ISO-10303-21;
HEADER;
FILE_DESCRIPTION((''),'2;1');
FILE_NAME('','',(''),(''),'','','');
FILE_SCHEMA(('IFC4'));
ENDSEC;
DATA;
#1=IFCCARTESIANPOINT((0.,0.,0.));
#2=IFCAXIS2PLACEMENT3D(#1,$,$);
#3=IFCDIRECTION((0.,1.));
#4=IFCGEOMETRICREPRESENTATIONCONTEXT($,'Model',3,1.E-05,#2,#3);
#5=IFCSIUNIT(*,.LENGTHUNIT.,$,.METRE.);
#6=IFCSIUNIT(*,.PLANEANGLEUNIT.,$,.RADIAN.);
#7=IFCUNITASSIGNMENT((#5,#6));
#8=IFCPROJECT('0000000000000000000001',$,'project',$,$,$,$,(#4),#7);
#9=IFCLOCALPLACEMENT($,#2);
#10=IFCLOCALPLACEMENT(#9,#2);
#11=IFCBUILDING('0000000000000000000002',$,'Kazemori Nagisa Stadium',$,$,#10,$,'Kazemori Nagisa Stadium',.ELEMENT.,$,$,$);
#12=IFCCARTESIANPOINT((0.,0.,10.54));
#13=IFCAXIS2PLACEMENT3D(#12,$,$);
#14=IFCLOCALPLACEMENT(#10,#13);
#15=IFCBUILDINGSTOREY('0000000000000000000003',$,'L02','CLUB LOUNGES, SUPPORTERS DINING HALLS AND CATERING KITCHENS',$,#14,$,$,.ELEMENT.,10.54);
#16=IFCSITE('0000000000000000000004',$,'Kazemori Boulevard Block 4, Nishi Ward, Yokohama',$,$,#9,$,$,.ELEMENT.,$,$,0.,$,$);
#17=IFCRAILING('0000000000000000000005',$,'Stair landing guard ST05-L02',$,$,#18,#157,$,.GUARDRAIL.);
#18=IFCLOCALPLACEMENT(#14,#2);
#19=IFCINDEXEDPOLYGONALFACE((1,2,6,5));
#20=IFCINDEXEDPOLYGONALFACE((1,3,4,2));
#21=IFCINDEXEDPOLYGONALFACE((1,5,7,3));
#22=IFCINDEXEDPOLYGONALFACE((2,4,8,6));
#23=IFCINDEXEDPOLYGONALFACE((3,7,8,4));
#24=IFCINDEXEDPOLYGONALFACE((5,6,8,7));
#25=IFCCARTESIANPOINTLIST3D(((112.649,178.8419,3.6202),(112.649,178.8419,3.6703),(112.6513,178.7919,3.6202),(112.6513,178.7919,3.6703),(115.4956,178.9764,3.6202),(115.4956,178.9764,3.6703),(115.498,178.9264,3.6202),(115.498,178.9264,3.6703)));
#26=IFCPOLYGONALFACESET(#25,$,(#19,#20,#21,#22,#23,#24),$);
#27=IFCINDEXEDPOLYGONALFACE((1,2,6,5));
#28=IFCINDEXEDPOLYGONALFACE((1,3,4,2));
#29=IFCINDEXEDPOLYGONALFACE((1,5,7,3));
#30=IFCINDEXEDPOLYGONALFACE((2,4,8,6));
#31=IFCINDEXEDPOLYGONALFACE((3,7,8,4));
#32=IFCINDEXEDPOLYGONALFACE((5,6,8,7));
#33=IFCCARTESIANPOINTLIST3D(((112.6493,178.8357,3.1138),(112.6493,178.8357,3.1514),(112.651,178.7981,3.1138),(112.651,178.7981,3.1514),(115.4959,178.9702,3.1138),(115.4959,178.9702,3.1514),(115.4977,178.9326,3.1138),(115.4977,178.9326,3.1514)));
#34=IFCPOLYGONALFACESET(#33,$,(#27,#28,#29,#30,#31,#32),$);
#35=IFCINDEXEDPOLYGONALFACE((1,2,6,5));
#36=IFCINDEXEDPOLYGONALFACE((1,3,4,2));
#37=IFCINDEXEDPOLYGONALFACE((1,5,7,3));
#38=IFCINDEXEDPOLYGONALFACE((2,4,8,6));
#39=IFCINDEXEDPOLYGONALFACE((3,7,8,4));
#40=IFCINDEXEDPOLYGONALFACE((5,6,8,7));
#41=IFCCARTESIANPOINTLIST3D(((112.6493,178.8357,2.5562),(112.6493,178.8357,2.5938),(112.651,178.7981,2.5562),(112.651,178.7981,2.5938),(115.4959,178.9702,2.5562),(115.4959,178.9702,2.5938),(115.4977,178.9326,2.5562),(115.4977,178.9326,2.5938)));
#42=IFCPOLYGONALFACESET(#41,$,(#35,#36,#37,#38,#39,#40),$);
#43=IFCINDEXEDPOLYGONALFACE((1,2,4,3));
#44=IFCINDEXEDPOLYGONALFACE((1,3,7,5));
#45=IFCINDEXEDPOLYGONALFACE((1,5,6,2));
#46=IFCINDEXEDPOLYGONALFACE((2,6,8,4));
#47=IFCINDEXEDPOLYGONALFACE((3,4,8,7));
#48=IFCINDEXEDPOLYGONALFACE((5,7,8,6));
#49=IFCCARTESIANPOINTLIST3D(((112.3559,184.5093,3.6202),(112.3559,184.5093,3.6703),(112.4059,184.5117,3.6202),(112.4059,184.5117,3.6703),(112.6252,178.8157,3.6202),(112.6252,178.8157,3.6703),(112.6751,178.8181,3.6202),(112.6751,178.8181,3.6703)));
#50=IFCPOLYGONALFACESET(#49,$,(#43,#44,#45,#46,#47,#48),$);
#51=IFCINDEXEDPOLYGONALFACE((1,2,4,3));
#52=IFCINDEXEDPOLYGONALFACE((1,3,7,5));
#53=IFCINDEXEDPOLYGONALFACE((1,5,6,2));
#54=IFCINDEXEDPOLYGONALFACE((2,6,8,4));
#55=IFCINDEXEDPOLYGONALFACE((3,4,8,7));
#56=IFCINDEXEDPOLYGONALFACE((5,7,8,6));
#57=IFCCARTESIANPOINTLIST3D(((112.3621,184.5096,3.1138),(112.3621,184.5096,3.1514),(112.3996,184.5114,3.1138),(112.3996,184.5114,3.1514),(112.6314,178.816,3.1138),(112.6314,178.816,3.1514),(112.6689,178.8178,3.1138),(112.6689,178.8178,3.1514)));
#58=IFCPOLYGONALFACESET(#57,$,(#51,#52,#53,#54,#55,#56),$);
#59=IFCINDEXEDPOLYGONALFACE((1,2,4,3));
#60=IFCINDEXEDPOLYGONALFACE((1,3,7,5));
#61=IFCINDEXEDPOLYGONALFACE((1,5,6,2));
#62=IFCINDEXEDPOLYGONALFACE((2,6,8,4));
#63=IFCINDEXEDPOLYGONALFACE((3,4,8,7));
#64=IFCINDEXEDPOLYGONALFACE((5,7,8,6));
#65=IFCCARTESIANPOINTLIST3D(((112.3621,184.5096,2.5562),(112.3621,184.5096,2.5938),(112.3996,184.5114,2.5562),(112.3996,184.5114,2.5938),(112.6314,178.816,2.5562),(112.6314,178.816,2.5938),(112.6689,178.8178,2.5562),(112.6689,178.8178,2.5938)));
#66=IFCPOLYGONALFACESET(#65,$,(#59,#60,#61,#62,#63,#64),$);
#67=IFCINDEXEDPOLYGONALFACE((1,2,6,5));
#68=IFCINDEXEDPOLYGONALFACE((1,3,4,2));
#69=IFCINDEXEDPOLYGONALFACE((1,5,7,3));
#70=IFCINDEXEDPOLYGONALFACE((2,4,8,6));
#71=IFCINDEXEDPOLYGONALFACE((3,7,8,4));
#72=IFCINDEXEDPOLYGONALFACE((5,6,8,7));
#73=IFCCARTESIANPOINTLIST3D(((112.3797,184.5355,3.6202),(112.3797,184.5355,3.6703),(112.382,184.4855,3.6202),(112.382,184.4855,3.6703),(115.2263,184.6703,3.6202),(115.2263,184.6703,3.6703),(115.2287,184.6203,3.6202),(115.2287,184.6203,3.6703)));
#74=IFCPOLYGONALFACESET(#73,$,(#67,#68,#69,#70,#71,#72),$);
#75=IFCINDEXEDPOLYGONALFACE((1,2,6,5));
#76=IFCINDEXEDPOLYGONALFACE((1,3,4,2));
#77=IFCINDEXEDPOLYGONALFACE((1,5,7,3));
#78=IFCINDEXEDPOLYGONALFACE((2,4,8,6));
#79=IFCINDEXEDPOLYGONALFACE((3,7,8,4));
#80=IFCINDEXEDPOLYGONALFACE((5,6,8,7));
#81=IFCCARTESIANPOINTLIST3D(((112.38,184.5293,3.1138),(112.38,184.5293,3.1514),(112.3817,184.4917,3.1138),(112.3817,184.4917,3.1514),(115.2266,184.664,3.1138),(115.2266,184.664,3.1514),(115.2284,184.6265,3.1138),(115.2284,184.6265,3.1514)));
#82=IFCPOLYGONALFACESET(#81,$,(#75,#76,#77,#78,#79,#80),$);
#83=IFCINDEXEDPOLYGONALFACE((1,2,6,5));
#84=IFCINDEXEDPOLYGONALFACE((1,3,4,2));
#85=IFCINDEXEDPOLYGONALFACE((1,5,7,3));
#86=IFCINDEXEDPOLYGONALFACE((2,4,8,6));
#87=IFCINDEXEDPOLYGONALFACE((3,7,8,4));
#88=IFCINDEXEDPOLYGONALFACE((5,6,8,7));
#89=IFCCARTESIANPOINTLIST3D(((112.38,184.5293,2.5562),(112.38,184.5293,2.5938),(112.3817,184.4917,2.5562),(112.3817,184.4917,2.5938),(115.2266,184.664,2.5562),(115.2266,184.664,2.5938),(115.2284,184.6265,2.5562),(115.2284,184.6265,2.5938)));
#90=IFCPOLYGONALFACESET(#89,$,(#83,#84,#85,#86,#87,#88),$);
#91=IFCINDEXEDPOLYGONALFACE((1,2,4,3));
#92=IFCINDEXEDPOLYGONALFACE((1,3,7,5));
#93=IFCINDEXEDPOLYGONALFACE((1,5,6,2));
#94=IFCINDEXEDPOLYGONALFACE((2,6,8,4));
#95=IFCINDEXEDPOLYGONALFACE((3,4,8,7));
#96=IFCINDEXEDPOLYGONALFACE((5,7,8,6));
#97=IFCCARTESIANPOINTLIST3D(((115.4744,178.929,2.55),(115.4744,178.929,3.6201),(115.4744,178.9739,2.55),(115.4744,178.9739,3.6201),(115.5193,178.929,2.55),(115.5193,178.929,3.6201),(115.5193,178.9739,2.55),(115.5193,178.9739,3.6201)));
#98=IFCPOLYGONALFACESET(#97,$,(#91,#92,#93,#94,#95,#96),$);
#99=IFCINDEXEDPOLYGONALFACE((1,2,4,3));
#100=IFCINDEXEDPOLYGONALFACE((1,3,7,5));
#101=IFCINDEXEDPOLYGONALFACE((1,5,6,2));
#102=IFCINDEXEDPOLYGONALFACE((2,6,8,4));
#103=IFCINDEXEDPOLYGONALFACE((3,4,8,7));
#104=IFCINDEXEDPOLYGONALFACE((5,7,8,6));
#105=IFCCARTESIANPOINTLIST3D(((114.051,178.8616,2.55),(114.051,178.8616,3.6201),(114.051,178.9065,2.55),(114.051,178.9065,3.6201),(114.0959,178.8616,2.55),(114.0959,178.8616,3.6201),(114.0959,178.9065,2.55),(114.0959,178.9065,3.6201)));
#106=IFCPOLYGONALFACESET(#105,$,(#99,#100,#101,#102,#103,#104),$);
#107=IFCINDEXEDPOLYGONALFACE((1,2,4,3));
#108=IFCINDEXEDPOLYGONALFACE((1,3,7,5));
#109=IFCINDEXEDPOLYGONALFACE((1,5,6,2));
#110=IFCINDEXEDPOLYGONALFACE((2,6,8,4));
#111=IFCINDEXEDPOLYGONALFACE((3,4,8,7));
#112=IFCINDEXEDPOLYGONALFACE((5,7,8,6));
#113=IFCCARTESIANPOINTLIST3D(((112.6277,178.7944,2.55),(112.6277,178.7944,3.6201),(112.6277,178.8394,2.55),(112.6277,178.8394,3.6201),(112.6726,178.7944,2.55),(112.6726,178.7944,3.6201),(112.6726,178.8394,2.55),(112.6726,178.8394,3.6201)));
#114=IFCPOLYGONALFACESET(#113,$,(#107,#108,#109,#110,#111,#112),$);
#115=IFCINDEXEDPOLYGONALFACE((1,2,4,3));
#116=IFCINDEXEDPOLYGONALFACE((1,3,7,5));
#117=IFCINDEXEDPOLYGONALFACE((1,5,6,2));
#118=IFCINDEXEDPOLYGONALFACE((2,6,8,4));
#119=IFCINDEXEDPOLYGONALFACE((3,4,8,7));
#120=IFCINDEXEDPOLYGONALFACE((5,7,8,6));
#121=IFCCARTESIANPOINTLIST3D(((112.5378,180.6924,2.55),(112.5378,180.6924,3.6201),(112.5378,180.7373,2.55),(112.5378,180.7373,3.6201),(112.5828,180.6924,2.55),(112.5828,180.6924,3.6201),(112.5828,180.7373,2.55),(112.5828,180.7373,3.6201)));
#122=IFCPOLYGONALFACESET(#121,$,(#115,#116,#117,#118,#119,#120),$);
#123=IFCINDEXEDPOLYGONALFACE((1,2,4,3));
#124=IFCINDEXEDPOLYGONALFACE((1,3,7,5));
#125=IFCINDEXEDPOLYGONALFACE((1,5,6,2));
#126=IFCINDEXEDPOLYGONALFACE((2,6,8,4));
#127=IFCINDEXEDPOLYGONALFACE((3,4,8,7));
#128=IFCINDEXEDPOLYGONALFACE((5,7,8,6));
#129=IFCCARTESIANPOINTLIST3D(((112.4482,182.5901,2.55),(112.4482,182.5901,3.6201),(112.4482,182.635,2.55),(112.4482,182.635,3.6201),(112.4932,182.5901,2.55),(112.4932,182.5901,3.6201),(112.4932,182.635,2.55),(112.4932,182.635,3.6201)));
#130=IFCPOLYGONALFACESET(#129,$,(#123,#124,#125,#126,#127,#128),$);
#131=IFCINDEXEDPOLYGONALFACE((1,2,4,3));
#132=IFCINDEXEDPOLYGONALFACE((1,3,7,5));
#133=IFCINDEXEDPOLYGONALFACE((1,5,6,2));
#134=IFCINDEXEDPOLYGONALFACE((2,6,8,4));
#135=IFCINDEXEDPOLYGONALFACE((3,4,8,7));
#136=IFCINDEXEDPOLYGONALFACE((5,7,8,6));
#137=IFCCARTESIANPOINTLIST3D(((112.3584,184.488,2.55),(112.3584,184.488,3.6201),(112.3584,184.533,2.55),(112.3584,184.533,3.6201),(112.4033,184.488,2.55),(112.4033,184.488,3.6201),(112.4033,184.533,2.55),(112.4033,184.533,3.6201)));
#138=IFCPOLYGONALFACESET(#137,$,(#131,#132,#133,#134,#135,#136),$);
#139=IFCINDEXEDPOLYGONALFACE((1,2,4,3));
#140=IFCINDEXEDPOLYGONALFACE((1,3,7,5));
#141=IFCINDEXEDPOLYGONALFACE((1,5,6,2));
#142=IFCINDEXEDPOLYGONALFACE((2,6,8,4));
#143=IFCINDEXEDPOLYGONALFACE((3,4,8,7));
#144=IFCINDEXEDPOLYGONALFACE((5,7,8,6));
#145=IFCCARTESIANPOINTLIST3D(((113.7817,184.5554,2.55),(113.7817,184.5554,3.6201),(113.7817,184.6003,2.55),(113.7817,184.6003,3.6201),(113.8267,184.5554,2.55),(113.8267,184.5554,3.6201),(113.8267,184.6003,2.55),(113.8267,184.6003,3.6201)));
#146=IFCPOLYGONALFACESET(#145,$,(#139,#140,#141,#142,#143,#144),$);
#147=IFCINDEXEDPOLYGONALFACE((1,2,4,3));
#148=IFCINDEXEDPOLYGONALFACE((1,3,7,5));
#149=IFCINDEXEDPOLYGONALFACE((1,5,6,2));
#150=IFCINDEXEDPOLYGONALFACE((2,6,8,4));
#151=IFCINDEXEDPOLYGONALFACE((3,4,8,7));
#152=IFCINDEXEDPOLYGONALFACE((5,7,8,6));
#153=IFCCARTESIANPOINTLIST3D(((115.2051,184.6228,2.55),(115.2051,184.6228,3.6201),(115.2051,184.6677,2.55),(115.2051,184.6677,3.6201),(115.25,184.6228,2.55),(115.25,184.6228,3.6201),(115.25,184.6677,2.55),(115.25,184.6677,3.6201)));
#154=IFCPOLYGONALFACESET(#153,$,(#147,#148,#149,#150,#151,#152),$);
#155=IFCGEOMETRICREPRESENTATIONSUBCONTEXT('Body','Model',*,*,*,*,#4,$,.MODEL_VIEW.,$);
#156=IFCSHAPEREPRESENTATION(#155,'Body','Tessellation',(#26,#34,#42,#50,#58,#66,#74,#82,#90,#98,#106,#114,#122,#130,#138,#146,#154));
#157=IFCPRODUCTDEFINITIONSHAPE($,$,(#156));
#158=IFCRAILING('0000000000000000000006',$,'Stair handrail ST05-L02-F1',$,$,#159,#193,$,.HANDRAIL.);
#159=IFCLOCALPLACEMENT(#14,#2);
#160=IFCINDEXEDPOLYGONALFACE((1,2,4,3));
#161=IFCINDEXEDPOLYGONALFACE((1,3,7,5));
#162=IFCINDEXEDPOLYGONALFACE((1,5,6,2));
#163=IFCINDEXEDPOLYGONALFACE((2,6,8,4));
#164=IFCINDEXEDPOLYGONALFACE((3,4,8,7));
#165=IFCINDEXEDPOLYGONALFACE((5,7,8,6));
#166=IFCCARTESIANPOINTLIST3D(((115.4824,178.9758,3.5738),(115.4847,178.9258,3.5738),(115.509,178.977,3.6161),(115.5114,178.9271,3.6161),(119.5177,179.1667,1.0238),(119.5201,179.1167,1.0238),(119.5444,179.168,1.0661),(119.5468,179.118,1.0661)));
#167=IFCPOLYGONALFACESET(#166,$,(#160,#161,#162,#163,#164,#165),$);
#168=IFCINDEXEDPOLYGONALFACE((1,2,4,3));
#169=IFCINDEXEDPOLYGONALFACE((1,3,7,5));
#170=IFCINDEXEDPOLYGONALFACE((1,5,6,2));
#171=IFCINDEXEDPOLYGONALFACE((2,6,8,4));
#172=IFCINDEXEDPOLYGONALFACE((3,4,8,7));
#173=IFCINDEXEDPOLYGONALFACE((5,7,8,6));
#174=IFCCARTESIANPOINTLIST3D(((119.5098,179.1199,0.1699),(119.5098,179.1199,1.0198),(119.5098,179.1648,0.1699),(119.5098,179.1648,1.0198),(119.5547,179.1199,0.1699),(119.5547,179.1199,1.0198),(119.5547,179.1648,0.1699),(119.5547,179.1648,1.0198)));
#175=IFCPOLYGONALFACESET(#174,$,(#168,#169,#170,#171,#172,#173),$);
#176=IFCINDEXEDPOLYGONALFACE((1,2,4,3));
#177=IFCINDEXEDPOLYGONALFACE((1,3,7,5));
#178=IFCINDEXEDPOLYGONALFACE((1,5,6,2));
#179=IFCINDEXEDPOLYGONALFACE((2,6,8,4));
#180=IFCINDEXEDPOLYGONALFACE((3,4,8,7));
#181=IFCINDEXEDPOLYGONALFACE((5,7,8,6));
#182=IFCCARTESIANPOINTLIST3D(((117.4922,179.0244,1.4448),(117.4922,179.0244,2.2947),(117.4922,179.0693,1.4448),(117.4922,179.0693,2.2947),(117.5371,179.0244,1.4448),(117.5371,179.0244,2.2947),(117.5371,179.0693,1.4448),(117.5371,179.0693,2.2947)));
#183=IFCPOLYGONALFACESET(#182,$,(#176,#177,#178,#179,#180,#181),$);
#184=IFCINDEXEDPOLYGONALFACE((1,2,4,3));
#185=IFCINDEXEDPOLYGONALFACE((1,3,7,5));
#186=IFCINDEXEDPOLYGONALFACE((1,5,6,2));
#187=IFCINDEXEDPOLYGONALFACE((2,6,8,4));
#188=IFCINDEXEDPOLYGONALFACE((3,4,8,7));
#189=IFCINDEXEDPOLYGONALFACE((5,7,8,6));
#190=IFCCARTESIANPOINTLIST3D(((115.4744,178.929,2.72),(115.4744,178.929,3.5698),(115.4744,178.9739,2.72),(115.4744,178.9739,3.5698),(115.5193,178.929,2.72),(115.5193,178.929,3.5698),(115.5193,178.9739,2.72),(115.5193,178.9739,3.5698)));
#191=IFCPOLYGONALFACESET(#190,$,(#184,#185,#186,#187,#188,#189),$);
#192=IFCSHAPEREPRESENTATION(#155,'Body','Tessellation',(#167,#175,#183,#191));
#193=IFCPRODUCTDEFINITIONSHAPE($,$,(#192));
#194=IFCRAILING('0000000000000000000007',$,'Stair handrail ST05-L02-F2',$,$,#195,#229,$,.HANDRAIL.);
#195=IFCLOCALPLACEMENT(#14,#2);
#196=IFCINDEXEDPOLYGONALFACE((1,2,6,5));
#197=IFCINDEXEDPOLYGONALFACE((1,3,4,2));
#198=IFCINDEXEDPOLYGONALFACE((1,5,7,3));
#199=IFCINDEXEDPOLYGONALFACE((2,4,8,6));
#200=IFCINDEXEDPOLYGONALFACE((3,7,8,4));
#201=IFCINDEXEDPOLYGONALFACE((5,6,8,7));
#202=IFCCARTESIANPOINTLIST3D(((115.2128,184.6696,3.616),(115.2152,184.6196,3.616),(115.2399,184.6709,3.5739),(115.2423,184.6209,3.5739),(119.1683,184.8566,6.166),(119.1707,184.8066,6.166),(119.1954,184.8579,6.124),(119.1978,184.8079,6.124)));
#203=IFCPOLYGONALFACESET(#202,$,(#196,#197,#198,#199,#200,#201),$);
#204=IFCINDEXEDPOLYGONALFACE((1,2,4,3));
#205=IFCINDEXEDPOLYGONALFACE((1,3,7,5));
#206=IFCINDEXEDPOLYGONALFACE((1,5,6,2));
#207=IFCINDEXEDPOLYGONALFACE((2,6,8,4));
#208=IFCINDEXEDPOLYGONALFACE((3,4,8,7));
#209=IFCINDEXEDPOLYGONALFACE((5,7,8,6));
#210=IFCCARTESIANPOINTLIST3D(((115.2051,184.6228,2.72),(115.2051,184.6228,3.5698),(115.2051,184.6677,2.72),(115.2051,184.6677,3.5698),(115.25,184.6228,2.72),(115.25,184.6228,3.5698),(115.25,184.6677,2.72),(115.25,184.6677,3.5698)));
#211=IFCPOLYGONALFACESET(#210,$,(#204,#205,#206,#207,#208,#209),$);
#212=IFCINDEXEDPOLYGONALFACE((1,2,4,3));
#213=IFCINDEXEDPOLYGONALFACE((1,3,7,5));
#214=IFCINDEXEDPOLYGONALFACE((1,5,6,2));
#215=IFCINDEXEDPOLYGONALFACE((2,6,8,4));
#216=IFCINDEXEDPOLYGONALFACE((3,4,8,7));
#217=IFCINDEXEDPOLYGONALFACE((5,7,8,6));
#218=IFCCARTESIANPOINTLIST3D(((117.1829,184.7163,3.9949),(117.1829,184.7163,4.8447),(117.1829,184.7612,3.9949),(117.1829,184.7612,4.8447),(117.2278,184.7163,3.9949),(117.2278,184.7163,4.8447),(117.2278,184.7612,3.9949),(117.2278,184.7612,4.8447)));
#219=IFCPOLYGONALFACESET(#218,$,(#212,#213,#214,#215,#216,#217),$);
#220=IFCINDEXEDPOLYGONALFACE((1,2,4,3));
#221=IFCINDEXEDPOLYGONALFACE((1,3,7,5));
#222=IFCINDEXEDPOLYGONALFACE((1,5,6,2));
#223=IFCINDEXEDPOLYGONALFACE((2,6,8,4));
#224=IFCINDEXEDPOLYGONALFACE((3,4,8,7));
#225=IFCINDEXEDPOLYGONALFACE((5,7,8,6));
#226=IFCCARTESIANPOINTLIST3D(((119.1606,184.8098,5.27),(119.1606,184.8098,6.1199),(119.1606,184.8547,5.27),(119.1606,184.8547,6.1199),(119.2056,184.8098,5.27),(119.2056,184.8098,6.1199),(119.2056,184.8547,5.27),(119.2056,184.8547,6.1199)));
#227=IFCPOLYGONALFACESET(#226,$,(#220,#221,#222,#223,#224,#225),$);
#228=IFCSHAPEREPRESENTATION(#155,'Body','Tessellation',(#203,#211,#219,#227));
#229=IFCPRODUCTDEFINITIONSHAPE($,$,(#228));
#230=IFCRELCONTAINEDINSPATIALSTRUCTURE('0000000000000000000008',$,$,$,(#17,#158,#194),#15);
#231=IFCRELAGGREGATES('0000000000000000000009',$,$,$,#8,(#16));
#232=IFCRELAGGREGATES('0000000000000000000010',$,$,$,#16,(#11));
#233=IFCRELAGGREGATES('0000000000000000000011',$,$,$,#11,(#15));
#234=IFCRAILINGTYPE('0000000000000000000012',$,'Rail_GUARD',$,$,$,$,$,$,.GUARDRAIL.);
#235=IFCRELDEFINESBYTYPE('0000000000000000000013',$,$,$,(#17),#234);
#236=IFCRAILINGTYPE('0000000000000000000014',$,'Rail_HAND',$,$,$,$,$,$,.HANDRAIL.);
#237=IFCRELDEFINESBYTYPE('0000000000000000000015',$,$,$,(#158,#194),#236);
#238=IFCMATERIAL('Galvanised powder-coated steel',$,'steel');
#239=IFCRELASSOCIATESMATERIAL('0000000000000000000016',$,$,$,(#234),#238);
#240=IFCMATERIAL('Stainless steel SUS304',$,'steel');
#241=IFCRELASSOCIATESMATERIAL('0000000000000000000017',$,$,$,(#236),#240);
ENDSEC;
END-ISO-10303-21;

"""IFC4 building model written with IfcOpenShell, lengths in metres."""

from ifc_helpers import new_model, si_unit, direction, frame, origin, origin_2d, place, context, subcontext, project, spatial, rectangle, extrude, material, type_object, element, save


model = new_model("IFC4")

# Units and contexts
model_context = context("Model", 3, precision=1e-05, world=origin(), true_north=direction((0.0, 1.0)))
body_context = subcontext(model_context, "Body", "Model", "MODEL_VIEW")
ifc_project = project(units=[si_unit("LENGTHUNIT", "METRE"), si_unit("PLANEANGLEUNIT", "RADIAN")], contexts=[model_context])

# Site, building, storey
site_placement = place(None, origin())
site = spatial("IfcSite", under=ifc_project, at=site_placement, Name="Kazemori Boulevard Block 4, Nishi Ward, Yokohama", CompositionType="ELEMENT", RefElevation=0.0)
building_placement = place(site_placement, origin())
building = spatial("IfcBuilding", under=site, at=building_placement, Name="Kazemori Nagisa Stadium", LongName="Kazemori Nagisa Stadium", CompositionType="ELEMENT")
storey_placement = place(building_placement, frame((0.0, 0.0, 10.54)))
storey = spatial("IfcBuildingStorey", under=building, at=storey_placement, Name="L02", Description="CLUB LOUNGES, SUPPORTERS DINING HALLS AND CATERING KITCHENS", CompositionType="ELEMENT", Elevation=10.54)

# Railings
ifc_material_1 = material(Name="Galvanised powder-coated steel", Category="steel")
railing_type_1 = type_object("IfcRailingType", Name="Rail_GUARD", PredefinedType="GUARDRAIL", material=ifc_material_1)
railing_1_placement = place(storey_placement, frame((115.4968, 178.9514, 2.55)))
element("IfcRailing", 1, at=railing_1_placement, inside=storey, type_object=railing_type_1, Name="Stair landing guard ST05-L02", PredefinedType="GUARDRAIL", context=body_context, shape_type="SweptSolid", body=[
    extrude(rectangle(XDim=0.05, YDim=0.05, at=origin_2d()), frame((0.0, 0.0, 1.0952), z_axis=(-0.998885, -0.047203, 0.0), x_axis=(0.047203, -0.998885, 0.0)), (0.0, 0.0, 1.0), 2.8499),
    extrude(rectangle(XDim=0.0376, YDim=0.0376, at=origin_2d()), frame((0.0, 0.0, 0.5825), z_axis=(-0.998885, -0.047203, 0.0), x_axis=(0.047203, -0.998885, 0.0)), (0.0, 0.0, 1.0), 2.8499),
    extrude(rectangle(XDim=0.0376, YDim=0.0376, at=origin_2d()), frame((0.0, 0.0, 0.0249), z_axis=(-0.998885, -0.047203, 0.0), x_axis=(0.047203, -0.998885, 0.0)), (0.0, 0.0, 1.0), 2.8499),
    extrude(rectangle(XDim=0.05, YDim=0.05, at=origin_2d()), frame((-2.8467, -0.1345, 1.0952), z_axis=(-0.047244, 0.998883, 0.0), x_axis=(-0.998883, -0.047244, 0.0)), (0.0, 0.0, 1.0), 5.7),
    extrude(rectangle(XDim=0.0376, YDim=0.0376, at=origin_2d()), frame((-2.8467, -0.1345, 0.5825), z_axis=(-0.047244, 0.998883, 0.0), x_axis=(-0.998883, -0.047244, 0.0)), (0.0, 0.0, 1.0), 5.7),
    extrude(rectangle(XDim=0.0376, YDim=0.0376, at=origin_2d()), frame((-2.8467, -0.1345, 0.0249), z_axis=(-0.047244, 0.998883, 0.0), x_axis=(-0.998883, -0.047244, 0.0)), (0.0, 0.0, 1.0), 5.7),
    extrude(rectangle(XDim=0.05, YDim=0.05, at=origin_2d()), frame((-3.116, 5.5591, 1.0952), z_axis=(0.998881, 0.047288, 0.0), x_axis=(-0.047288, 0.998881, 0.0)), (0.0, 0.0, 1.0), 2.8499),
    extrude(rectangle(XDim=0.0376, YDim=0.0376, at=origin_2d()), frame((-3.116, 5.5591, 0.5825), z_axis=(0.998881, 0.047288, 0.0), x_axis=(-0.047288, 0.998881, 0.0)), (0.0, 0.0, 1.0), 2.8499),
    extrude(rectangle(XDim=0.0376, YDim=0.0376, at=origin_2d()), frame((-3.116, 5.5591, 0.0249), z_axis=(0.998881, 0.047288, 0.0), x_axis=(-0.047288, 0.998881, 0.0)), (0.0, 0.0, 1.0), 2.8499),
    extrude(rectangle(XDim=0.0449, YDim=0.0449, at=origin_2d()), origin(), (0.0, 0.0, 1.0), 1.0701),
    extrude(rectangle(XDim=0.0449, YDim=0.0449, at=origin_2d()), frame((-1.4233, -0.0674, 0.0)), (0.0, 0.0, 1.0), 1.0701),
    extrude(rectangle(XDim=0.0449, YDim=0.0449, at=origin_2d()), frame((-2.8467, -0.1345, 0.0)), (0.0, 0.0, 1.0), 1.0701),
    extrude(rectangle(XDim=0.0449, YDim=0.0449, at=origin_2d()), frame((-2.9365, 1.7634, 0.0)), (0.0, 0.0, 1.0), 1.0701),
    extrude(rectangle(XDim=0.0449, YDim=0.0449, at=origin_2d()), frame((-3.0261, 3.6611, 0.0)), (0.0, 0.0, 1.0), 1.0701),
    extrude(rectangle(XDim=0.0449, YDim=0.0449, at=origin_2d()), frame((-3.116, 5.5591, 0.0)), (0.0, 0.0, 1.0), 1.0701),
    extrude(rectangle(XDim=0.0449, YDim=0.0449, at=origin_2d()), frame((-1.6926, 5.6265, 0.0)), (0.0, 0.0, 1.0), 1.0701),
    extrude(rectangle(XDim=0.0449, YDim=0.0449, at=origin_2d()), frame((-0.2693, 5.6938, 0.0)), (0.0, 0.0, 1.0), 1.0701),
])
ifc_material_2 = material(Name="Stainless steel SUS304", Category="steel")
railing_type_2 = type_object("IfcRailingType", Name="Rail_HAND", PredefinedType="HANDRAIL", material=ifc_material_2)
railing_2_placement = place(storey_placement, frame((119.5322, 179.1423, 0.1699)))
element("IfcRailing", 2, at=railing_2_placement, inside=storey, type_object=railing_type_2, Name="Stair handrail ST05-L02-F1", PredefinedType="HANDRAIL", context=body_context, shape_type="SweptSolid", body=[
    extrude(rectangle(XDim=0.05, YDim=0.05, at=origin_2d()), frame((0.0, 0.0, 0.875), z_axis=(-0.844684, -0.039963, 0.533772), x_axis=(0.047258, -0.998883, 0.0)), (0.0, 0.0, 1.0), 4.7773),
    extrude(rectangle(XDim=0.0449, YDim=0.0449, at=origin_2d()), origin(), (0.0, 0.0, 1.0), 0.8499),
    extrude(rectangle(XDim=0.0449, YDim=0.0449, at=origin_2d()), frame((-2.0176, -0.0955, 1.2749)), (0.0, 0.0, 1.0), 0.8499),
    extrude(rectangle(XDim=0.0449, YDim=0.0449, at=origin_2d()), frame((-4.0354, -0.1909, 2.55)), (0.0, 0.0, 1.0), 0.8499),
])
railing_3_placement = place(storey_placement, frame((115.2275, 184.6453, 2.72)))
element("IfcRailing", 3, at=railing_3_placement, inside=storey, type_object=railing_type_2, Name="Stair handrail ST05-L02-F2", PredefinedType="HANDRAIL", context=body_context, shape_type="SweptSolid", body=[
    extrude(rectangle(XDim=0.05, YDim=0.05, at=origin_2d()), frame((0.0, 0.0, 0.875), z_axis=(0.839821, 0.039705, 0.54141), x_axis=(-0.047225, 0.998884, 0.0)), (0.0, 0.0, 1.0), 4.71),
    extrude(rectangle(XDim=0.0449, YDim=0.0449, at=origin_2d()), origin(), (0.0, 0.0, 1.0), 0.8499),
    extrude(rectangle(XDim=0.0449, YDim=0.0449, at=origin_2d()), frame((1.9778, 0.0935, 1.2749)), (0.0, 0.0, 1.0), 0.8499),
    extrude(rectangle(XDim=0.0449, YDim=0.0449, at=origin_2d()), frame((3.9556, 0.187, 2.55)), (0.0, 0.0, 1.0), 0.8499),
])

save(model, "model.ifc")
